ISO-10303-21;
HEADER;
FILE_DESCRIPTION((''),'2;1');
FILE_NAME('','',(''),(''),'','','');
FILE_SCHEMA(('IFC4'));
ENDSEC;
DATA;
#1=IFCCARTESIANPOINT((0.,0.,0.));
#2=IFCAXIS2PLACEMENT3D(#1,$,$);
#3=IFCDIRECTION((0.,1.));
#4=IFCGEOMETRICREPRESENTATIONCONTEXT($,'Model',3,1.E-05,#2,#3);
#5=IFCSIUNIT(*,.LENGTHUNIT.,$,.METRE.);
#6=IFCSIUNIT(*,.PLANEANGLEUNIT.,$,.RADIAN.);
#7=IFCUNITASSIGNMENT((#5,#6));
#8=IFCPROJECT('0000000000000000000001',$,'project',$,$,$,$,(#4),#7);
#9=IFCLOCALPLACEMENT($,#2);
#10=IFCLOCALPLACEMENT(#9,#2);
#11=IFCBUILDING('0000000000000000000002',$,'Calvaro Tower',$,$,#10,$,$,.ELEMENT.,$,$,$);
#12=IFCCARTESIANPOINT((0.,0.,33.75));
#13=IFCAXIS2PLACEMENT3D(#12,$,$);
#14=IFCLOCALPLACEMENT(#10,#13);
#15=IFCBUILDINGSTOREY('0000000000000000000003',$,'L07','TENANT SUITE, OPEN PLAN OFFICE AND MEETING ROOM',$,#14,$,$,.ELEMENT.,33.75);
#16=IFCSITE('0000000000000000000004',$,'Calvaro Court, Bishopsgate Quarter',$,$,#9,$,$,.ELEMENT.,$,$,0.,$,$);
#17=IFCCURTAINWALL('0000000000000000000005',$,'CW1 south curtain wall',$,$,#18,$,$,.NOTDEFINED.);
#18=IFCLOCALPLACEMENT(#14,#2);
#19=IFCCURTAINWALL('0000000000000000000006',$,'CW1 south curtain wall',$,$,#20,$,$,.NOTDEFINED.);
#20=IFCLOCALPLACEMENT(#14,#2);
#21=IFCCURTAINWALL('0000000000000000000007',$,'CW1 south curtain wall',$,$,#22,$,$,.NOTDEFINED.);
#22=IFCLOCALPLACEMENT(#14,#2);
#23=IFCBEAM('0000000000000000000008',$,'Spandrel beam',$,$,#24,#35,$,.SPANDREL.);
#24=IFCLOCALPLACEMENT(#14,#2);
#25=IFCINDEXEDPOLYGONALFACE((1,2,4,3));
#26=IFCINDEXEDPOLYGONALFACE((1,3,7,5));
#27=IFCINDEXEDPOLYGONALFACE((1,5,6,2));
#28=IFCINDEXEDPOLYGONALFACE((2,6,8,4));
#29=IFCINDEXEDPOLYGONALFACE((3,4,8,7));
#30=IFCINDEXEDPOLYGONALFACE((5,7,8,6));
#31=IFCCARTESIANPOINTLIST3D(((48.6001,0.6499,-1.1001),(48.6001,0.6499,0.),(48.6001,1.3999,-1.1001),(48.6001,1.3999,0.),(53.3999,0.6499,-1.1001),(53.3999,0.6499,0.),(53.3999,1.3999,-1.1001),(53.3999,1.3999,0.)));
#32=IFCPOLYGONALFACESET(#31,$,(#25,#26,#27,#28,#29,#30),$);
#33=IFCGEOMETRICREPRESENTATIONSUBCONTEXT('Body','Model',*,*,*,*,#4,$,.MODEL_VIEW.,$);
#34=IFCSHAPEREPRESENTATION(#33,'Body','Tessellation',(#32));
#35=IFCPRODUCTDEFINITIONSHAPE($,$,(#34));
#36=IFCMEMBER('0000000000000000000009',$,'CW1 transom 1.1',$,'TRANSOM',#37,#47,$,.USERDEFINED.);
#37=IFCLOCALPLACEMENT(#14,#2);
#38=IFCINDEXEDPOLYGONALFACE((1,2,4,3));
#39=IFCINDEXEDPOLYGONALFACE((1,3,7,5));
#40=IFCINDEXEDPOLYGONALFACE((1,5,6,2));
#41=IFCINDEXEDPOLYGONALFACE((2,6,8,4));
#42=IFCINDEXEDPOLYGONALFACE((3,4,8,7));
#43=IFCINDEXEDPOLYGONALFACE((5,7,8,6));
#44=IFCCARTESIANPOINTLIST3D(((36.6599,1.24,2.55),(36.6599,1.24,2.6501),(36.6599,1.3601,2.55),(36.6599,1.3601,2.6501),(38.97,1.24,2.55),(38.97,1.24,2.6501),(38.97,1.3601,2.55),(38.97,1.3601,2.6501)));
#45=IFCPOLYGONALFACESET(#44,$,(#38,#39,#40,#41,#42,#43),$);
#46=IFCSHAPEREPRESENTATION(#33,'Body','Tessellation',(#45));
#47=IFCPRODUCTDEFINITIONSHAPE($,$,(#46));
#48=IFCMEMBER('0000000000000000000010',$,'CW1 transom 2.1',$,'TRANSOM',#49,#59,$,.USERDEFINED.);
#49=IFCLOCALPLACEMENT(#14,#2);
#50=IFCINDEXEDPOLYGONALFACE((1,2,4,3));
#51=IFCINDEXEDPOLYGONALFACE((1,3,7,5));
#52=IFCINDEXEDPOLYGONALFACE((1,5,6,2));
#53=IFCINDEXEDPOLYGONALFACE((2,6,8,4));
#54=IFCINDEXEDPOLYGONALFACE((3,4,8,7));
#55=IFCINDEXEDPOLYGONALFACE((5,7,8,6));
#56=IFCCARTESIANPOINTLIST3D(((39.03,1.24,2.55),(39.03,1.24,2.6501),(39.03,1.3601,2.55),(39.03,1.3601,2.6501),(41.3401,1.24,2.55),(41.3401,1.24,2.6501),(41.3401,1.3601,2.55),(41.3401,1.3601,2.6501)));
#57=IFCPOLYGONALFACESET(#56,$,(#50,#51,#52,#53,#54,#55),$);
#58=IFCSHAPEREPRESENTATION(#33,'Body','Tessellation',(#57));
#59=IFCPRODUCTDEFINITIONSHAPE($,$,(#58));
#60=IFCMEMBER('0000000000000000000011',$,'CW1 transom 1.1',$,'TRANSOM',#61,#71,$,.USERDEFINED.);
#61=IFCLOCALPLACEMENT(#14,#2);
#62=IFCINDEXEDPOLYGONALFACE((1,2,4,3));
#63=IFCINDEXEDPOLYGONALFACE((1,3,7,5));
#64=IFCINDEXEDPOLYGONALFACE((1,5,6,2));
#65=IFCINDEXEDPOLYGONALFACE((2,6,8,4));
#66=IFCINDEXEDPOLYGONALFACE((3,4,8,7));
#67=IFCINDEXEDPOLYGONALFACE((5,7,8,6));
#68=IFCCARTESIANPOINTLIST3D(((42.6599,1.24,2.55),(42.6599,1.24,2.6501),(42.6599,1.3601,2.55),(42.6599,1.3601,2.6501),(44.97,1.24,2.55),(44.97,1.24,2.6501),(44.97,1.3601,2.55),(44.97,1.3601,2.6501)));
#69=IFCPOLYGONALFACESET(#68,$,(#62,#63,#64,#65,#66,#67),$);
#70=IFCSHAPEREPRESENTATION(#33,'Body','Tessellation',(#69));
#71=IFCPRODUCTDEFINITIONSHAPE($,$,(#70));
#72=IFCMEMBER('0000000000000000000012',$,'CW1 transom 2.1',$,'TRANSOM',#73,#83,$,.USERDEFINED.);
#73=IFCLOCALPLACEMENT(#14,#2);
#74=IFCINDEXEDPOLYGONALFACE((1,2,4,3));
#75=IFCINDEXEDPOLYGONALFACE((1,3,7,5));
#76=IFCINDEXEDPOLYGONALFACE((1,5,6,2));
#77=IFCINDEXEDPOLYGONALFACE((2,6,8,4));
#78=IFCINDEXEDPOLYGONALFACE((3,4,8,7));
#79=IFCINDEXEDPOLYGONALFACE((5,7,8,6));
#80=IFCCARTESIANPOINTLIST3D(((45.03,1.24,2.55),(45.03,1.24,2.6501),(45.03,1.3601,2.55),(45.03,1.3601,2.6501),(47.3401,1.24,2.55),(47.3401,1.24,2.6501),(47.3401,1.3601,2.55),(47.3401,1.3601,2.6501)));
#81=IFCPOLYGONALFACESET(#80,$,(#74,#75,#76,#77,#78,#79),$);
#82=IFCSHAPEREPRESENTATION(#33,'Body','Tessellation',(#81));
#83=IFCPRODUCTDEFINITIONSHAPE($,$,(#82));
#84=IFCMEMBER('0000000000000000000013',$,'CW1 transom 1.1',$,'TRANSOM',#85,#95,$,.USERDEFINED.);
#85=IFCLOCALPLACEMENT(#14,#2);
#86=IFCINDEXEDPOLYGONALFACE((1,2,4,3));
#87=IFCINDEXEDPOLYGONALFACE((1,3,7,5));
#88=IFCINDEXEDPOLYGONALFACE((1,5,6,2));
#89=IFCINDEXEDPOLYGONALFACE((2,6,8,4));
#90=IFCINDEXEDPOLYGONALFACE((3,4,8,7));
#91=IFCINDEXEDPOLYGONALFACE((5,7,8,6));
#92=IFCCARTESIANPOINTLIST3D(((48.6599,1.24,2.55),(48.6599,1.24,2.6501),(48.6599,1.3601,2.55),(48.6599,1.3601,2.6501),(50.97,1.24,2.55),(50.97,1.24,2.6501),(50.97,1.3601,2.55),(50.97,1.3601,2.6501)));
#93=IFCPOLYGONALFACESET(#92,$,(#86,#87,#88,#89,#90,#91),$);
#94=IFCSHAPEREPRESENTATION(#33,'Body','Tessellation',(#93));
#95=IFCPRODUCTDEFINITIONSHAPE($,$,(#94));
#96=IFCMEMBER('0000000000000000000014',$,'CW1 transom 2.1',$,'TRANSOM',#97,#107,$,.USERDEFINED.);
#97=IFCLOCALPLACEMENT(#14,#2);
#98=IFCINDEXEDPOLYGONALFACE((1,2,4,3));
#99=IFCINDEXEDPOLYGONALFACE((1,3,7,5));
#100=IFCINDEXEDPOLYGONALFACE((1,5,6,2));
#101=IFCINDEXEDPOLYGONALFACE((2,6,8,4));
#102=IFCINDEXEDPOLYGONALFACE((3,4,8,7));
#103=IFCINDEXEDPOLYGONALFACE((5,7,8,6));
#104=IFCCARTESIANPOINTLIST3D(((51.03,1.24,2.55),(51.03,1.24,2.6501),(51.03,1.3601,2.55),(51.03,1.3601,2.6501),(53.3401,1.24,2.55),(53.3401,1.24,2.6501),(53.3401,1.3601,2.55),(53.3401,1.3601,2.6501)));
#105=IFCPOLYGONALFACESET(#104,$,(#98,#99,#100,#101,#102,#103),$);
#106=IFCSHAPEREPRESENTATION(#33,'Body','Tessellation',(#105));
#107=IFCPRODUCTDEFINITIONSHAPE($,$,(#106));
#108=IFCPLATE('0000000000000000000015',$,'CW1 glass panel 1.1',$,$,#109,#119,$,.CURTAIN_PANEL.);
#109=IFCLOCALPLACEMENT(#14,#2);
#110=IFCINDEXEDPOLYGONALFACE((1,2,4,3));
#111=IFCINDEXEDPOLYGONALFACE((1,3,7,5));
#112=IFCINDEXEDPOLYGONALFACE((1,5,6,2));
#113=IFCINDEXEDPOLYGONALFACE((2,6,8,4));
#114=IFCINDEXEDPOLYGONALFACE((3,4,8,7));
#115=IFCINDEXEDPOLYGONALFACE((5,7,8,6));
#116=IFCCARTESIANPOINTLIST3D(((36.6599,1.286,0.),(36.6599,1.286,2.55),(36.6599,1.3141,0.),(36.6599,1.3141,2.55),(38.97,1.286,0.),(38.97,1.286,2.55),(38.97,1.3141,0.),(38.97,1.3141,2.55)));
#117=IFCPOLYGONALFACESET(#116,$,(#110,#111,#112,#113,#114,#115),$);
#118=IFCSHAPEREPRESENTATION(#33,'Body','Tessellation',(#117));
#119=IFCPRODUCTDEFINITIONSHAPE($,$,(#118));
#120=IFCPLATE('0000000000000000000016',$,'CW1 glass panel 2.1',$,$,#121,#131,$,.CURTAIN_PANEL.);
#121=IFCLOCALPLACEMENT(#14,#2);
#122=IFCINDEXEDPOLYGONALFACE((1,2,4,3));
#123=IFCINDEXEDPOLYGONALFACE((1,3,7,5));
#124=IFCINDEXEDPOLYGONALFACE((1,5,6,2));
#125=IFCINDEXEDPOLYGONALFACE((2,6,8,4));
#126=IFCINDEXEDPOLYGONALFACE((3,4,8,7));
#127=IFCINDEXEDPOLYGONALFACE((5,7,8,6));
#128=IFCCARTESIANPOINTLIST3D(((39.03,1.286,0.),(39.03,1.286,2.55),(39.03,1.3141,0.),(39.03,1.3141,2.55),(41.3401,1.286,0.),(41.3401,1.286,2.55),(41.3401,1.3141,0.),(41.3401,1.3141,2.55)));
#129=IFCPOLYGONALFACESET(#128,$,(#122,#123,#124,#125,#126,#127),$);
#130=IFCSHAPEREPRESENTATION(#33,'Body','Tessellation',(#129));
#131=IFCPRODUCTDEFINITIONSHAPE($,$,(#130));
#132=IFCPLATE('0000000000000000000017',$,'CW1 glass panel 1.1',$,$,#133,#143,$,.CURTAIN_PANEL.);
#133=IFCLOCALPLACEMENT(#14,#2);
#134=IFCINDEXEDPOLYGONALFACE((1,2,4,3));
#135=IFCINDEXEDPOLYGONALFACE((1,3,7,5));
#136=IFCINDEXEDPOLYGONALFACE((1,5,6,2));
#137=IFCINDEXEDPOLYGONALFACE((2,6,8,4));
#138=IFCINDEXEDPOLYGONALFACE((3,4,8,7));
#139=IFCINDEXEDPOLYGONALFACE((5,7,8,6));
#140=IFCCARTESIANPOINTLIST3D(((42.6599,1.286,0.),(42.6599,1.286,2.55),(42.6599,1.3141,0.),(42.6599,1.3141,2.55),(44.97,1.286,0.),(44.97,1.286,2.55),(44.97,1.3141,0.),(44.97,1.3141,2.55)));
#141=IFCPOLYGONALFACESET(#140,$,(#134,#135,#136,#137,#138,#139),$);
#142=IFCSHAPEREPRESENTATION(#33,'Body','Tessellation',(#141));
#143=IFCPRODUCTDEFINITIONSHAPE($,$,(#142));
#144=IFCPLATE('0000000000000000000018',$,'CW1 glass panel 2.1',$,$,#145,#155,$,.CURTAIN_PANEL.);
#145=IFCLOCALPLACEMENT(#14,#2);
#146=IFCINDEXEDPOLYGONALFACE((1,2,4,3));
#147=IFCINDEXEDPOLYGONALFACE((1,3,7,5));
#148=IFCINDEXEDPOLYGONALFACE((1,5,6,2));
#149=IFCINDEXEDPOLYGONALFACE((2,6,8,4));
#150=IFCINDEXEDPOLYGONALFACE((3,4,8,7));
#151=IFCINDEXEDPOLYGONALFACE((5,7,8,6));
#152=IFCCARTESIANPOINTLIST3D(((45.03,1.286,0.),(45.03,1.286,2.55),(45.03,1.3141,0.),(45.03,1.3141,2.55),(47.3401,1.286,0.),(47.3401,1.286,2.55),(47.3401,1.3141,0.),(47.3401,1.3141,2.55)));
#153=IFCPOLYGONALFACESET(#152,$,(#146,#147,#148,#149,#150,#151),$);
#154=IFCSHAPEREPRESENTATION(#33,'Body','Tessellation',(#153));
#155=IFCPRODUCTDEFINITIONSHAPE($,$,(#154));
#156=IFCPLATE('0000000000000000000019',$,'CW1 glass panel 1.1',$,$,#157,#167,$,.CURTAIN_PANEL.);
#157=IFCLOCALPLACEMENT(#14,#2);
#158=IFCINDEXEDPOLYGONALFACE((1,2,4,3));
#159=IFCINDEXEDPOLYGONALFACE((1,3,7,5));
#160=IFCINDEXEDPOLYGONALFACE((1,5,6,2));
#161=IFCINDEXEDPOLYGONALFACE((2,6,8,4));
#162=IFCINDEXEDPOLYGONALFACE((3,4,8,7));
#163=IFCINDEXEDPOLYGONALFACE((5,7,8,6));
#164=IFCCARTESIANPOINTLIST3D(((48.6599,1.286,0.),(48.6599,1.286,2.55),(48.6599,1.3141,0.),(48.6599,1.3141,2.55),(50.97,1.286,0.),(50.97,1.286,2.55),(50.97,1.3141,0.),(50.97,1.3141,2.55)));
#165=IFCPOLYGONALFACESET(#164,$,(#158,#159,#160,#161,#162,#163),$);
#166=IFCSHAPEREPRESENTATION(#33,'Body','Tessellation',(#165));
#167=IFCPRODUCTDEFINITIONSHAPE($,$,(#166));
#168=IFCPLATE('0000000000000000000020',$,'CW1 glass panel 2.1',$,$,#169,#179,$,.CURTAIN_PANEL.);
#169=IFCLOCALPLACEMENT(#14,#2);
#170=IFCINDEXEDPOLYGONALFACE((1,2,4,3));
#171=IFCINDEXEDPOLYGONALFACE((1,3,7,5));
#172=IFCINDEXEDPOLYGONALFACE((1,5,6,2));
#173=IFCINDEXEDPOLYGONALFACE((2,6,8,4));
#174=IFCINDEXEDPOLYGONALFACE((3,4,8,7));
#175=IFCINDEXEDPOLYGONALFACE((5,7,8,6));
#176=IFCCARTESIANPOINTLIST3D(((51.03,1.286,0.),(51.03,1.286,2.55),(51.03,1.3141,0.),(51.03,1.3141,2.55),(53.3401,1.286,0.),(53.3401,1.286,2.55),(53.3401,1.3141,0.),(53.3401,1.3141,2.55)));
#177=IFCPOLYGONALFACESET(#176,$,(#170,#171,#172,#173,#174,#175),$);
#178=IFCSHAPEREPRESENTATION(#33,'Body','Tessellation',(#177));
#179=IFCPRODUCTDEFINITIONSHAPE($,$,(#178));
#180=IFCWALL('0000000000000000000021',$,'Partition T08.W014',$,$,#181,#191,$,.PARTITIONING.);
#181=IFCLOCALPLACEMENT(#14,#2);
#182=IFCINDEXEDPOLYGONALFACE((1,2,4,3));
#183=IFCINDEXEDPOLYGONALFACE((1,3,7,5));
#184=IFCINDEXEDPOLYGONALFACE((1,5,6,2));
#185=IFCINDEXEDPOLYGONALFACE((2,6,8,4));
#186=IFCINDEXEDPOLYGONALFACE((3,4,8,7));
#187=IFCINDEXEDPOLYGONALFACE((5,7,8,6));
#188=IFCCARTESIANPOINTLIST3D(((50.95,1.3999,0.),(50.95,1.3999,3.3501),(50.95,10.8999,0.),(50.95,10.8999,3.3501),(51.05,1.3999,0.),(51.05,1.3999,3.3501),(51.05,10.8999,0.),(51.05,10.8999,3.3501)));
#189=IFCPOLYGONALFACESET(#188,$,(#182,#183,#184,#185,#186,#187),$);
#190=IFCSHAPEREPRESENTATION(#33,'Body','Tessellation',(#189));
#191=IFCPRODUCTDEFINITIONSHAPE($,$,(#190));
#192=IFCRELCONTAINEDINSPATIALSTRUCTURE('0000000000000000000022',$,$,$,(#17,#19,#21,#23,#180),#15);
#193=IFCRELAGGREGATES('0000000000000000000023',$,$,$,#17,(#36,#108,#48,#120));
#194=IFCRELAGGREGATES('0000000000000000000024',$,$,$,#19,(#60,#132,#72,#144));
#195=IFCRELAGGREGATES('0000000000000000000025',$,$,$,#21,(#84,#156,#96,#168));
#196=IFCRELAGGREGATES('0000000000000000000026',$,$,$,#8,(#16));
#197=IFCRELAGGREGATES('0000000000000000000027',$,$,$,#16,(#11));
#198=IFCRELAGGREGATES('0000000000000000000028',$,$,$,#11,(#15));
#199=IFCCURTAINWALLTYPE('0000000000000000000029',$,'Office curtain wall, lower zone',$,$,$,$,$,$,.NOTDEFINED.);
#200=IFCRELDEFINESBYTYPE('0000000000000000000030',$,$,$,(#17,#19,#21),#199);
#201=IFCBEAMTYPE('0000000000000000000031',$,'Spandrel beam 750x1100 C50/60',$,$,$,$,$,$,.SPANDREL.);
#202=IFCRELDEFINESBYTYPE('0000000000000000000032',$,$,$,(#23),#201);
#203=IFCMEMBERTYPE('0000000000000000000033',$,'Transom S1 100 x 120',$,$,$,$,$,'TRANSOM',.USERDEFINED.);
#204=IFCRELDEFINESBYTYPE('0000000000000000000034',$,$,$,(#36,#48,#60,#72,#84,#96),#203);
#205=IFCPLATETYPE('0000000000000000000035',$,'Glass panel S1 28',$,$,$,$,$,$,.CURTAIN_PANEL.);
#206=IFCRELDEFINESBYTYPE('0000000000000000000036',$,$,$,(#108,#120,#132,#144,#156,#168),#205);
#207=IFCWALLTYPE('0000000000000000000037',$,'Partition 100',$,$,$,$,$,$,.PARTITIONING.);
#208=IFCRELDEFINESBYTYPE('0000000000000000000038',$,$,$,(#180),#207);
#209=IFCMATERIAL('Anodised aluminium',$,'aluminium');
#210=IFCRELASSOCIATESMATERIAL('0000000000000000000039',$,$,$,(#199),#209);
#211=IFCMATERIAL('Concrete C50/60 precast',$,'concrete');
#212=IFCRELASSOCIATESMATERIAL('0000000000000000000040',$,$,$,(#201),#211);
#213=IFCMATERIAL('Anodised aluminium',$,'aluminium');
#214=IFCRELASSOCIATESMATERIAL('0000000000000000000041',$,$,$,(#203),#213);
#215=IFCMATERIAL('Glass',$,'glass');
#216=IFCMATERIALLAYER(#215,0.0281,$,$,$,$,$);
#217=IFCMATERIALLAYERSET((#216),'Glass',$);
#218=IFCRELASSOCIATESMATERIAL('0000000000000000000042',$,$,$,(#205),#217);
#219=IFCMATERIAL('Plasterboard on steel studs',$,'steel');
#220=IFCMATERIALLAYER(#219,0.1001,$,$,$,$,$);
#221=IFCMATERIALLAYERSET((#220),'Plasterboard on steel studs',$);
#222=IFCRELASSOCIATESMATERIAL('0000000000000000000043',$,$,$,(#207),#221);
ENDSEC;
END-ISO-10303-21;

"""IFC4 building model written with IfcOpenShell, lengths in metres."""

from ifc_helpers import new_model, si_unit, direction, frame, frame_2d, origin, origin_2d, place, context, subcontext, project, spatial, rectangle, extrude, material, layer, layer_set, material_profile, profile_set, type_object, element, aggregate, save


model = new_model("IFC4")

# Units and contexts
model_context = context("Model", 3, precision=1e-05, world=origin(), true_north=direction((0.0, 1.0)))
body_context = subcontext(model_context, "Body", "Model", "MODEL_VIEW")
ifc_project = project(units=[si_unit("LENGTHUNIT", "METRE"), si_unit("PLANEANGLEUNIT", "RADIAN")], contexts=[model_context])

# Site, building, storey
site_placement = place(None, origin())
site = spatial("IfcSite", under=ifc_project, at=site_placement, Name="Calvaro Court, Bishopsgate Quarter", CompositionType="ELEMENT", RefElevation=0.0)
building_placement = place(site_placement, origin())
building = spatial("IfcBuilding", under=site, at=building_placement, Name="Calvaro Tower", CompositionType="ELEMENT")
storey_placement = place(building_placement, frame((0.0, 0.0, 33.75)))
storey = spatial("IfcBuildingStorey", under=building, at=storey_placement, Name="L07", Description="TENANT SUITE, OPEN PLAN OFFICE AND MEETING ROOM", CompositionType="ELEMENT", Elevation=33.75)

# Shared definitions
ifc_material_1 = material(Name="Anodised aluminium", Category="aluminium")
curtain_wall_type = type_object("IfcCurtainWallType", Name="Office curtain wall, lower zone", PredefinedType="NOTDEFINED", material=ifc_material_1)

# Curtain walls
curtain_wall_1_placement = place(storey_placement, origin())
curtain_wall_1 = element("IfcCurtainWall", 1, at=curtain_wall_1_placement, inside=storey, type_object=curtain_wall_type, Name="CW1 south curtain wall", PredefinedType="NOTDEFINED")
curtain_wall_2_placement = place(storey_placement, origin())
curtain_wall_2 = element("IfcCurtainWall", 2, at=curtain_wall_2_placement, inside=storey, type_object=curtain_wall_type, Name="CW1 south curtain wall", PredefinedType="NOTDEFINED")
curtain_wall_3_placement = place(storey_placement, origin())
curtain_wall_3 = element("IfcCurtainWall", 3, at=curtain_wall_3_placement, inside=storey, type_object=curtain_wall_type, Name="CW1 south curtain wall", PredefinedType="NOTDEFINED")

# Beam
ifc_material_2 = material(Name="Concrete C50/60 precast", Category="concrete")
ifc_material_profile_1 = material_profile(ifc_material_2, rectangle(XDim=0.75, YDim=1.1001, at=origin_2d()), Name="RC 750x1100")
ifc_profile_set_1 = profile_set([ifc_material_profile_1], Name="Concrete C50/60 precast")
beam_type = type_object("IfcBeamType", Name="Spandrel beam 750x1100 C50/60", PredefinedType="SPANDREL", material=ifc_profile_set_1)
for number, where, z_axis, x_axis, name in (
    (4, (48.6001, 1.0249, -0.55), (1.0, 0.0, 0.0), (0.0, 1.0, 0.0), "Spandrel beam"),
):
    element("IfcBeam", number, at=place(storey_placement, frame(where, z_axis=z_axis, x_axis=x_axis)), inside=storey, type_object=beam_type, Name=name, PredefinedType="SPANDREL", context=body_context, shape_type="SweptSolid", body=[
        extrude(rectangle(XDim=0.75, YDim=1.1001, at=origin_2d()), origin(), (0.0, 0.0, 1.0), 4.7998),
    ])

# Members
ifc_material_3 = material(Name="Anodised aluminium", Category="aluminium")
ifc_material_profile_2 = material_profile(ifc_material_3, rectangle(XDim=0.1201, YDim=0.1001, at=origin_2d()), Name="Transom S1 100 x 120")
ifc_profile_set_2 = profile_set([ifc_material_profile_2], Name="Anodised aluminium")
member_type_1 = type_object("IfcMemberType", Name="Transom S1 100 x 120", ElementType="TRANSOM", PredefinedType="USERDEFINED", material=ifc_profile_set_2)
member_1_placement = place(storey_placement, frame((36.6599, 1.3, 2.6001), z_axis=(1.0, 0.0, 0.0), x_axis=(0.0, 1.0, 0.0)))
member_1 = element("IfcMember", 5, at=member_1_placement, type_object=member_type_1, Name="CW1 transom 1.1", ObjectType="TRANSOM", PredefinedType="USERDEFINED", context=body_context, shape_type="SweptSolid", body=[
    extrude(rectangle(XDim=0.1201, YDim=0.1001, at=origin_2d()), origin(), (0.0, 0.0, 1.0), 2.3101),
])
member_2_placement = place(storey_placement, frame((39.03, 1.3, 2.6001), z_axis=(1.0, 0.0, 0.0), x_axis=(0.0, 1.0, 0.0)))
member_2 = element("IfcMember", 6, at=member_2_placement, type_object=member_type_1, Name="CW1 transom 2.1", ObjectType="TRANSOM", PredefinedType="USERDEFINED", context=body_context, shape_type="SweptSolid", body=[
    extrude(rectangle(XDim=0.1201, YDim=0.1001, at=origin_2d()), origin(), (0.0, 0.0, 1.0), 2.3101),
])
member_3_placement = place(storey_placement, frame((42.6599, 1.3, 2.6001), z_axis=(1.0, 0.0, 0.0), x_axis=(0.0, 1.0, 0.0)))
member_3 = element("IfcMember", 7, at=member_3_placement, type_object=member_type_1, Name="CW1 transom 1.1", ObjectType="TRANSOM", PredefinedType="USERDEFINED", context=body_context, shape_type="SweptSolid", body=[
    extrude(rectangle(XDim=0.1201, YDim=0.1001, at=origin_2d()), origin(), (0.0, 0.0, 1.0), 2.3101),
])
member_4_placement = place(storey_placement, frame((45.03, 1.3, 2.6001), z_axis=(1.0, 0.0, 0.0), x_axis=(0.0, 1.0, 0.0)))
member_4 = element("IfcMember", 8, at=member_4_placement, type_object=member_type_1, Name="CW1 transom 2.1", ObjectType="TRANSOM", PredefinedType="USERDEFINED", context=body_context, shape_type="SweptSolid", body=[
    extrude(rectangle(XDim=0.1201, YDim=0.1001, at=origin_2d()), origin(), (0.0, 0.0, 1.0), 2.3101),
])
member_5_placement = place(storey_placement, frame((48.6599, 1.3, 2.6001), z_axis=(1.0, 0.0, 0.0), x_axis=(0.0, 1.0, 0.0)))
member_5 = element("IfcMember", 9, at=member_5_placement, type_object=member_type_1, Name="CW1 transom 1.1", ObjectType="TRANSOM", PredefinedType="USERDEFINED", context=body_context, shape_type="SweptSolid", body=[
    extrude(rectangle(XDim=0.1201, YDim=0.1001, at=origin_2d()), origin(), (0.0, 0.0, 1.0), 2.3101),
])
member_6_placement = place(storey_placement, frame((51.03, 1.3, 2.6001), z_axis=(1.0, 0.0, 0.0), x_axis=(0.0, 1.0, 0.0)))
member_6 = element("IfcMember", 10, at=member_6_placement, type_object=member_type_1, Name="CW1 transom 2.1", ObjectType="TRANSOM", PredefinedType="USERDEFINED", context=body_context, shape_type="SweptSolid", body=[
    extrude(rectangle(XDim=0.1201, YDim=0.1001, at=origin_2d()), origin(), (0.0, 0.0, 1.0), 2.3101),
])

# Plates
ifc_material_4 = material(Name="Glass", Category="glass")
ifc_layer_1 = layer(ifc_material_4, 0.0281)
ifc_layer_set_1 = layer_set([ifc_layer_1], Name="Glass")
plate_type = type_object("IfcPlateType", Name="Glass panel S1 28", PredefinedType="CURTAIN_PANEL", material=ifc_layer_set_1)
plate_1_placement = place(storey_placement, frame((37.8149, 1.3, 0.0), z_axis=(0.0, 0.0, 1.0), x_axis=(1.0, 0.0, 0.0)))
plate_1 = element("IfcPlate", 11, at=plate_1_placement, type_object=plate_type, Name="CW1 glass panel 1.1", PredefinedType="CURTAIN_PANEL", context=body_context, shape_type="SweptSolid", body=[
    extrude(rectangle(XDim=2.3101, YDim=0.0281, at=origin_2d()), origin(), (0.0, 0.0, 1.0), 2.55),
])
plate_2_placement = place(storey_placement, frame((40.1851, 1.3, 0.0), z_axis=(0.0, 0.0, 1.0), x_axis=(1.0, 0.0, 0.0)))
plate_2 = element("IfcPlate", 12, at=plate_2_placement, type_object=plate_type, Name="CW1 glass panel 2.1", PredefinedType="CURTAIN_PANEL", context=body_context, shape_type="SweptSolid", body=[
    extrude(rectangle(XDim=2.3101, YDim=0.0281, at=origin_2d()), origin(), (0.0, 0.0, 1.0), 2.55),
])
aggregate(curtain_wall_1, [member_1, plate_1, member_2, plate_2])
plate_3_placement = place(storey_placement, frame((43.8149, 1.3, 0.0), z_axis=(0.0, 0.0, 1.0), x_axis=(1.0, 0.0, 0.0)))
plate_3 = element("IfcPlate", 13, at=plate_3_placement, type_object=plate_type, Name="CW1 glass panel 1.1", PredefinedType="CURTAIN_PANEL", context=body_context, shape_type="SweptSolid", body=[
    extrude(rectangle(XDim=2.3101, YDim=0.0281, at=origin_2d()), origin(), (0.0, 0.0, 1.0), 2.55),
])
plate_4_placement = place(storey_placement, frame((46.1851, 1.3, 0.0), z_axis=(0.0, 0.0, 1.0), x_axis=(1.0, 0.0, 0.0)))
plate_4 = element("IfcPlate", 14, at=plate_4_placement, type_object=plate_type, Name="CW1 glass panel 2.1", PredefinedType="CURTAIN_PANEL", context=body_context, shape_type="SweptSolid", body=[
    extrude(rectangle(XDim=2.3101, YDim=0.0281, at=origin_2d()), origin(), (0.0, 0.0, 1.0), 2.55),
])
aggregate(curtain_wall_2, [member_3, plate_3, member_4, plate_4])
plate_5_placement = place(storey_placement, frame((49.8149, 1.3, 0.0), z_axis=(0.0, 0.0, 1.0), x_axis=(1.0, 0.0, 0.0)))
plate_5 = element("IfcPlate", 15, at=plate_5_placement, type_object=plate_type, Name="CW1 glass panel 1.1", PredefinedType="CURTAIN_PANEL", context=body_context, shape_type="SweptSolid", body=[
    extrude(rectangle(XDim=2.3101, YDim=0.0281, at=origin_2d()), origin(), (0.0, 0.0, 1.0), 2.55),
])
plate_6_placement = place(storey_placement, frame((52.1851, 1.3, 0.0), z_axis=(0.0, 0.0, 1.0), x_axis=(1.0, 0.0, 0.0)))
plate_6 = element("IfcPlate", 16, at=plate_6_placement, type_object=plate_type, Name="CW1 glass panel 2.1", PredefinedType="CURTAIN_PANEL", context=body_context, shape_type="SweptSolid", body=[
    extrude(rectangle(XDim=2.3101, YDim=0.0281, at=origin_2d()), origin(), (0.0, 0.0, 1.0), 2.55),
])
aggregate(curtain_wall_3, [member_5, plate_5, member_6, plate_6])

# Wall
ifc_material_5 = material(Name="Plasterboard on steel studs", Category="steel")
ifc_layer_2 = layer(ifc_material_5, 0.1001)
ifc_layer_set_2 = layer_set([ifc_layer_2], Name="Plasterboard on steel studs")
wall_type = type_object("IfcWallType", Name="Partition 100", PredefinedType="PARTITIONING", material=ifc_layer_set_2)
wall_placement = place(storey_placement, frame((51.0, 1.3999, 0.0), z_axis=(0.0, 0.0, 1.0), x_axis=(0.0, 1.0, 0.0)))
element("IfcWall", 17, at=wall_placement, inside=storey, type_object=wall_type, Name="Partition T08.W014", PredefinedType="PARTITIONING", context=body_context, shape_type="SweptSolid", body=[
    extrude(rectangle(XDim=9.5, YDim=0.1001, at=frame_2d((4.75, 0.0))), origin(), (0.0, 0.0, 1.0), 3.3501),
])

save(model, "model.ifc")
